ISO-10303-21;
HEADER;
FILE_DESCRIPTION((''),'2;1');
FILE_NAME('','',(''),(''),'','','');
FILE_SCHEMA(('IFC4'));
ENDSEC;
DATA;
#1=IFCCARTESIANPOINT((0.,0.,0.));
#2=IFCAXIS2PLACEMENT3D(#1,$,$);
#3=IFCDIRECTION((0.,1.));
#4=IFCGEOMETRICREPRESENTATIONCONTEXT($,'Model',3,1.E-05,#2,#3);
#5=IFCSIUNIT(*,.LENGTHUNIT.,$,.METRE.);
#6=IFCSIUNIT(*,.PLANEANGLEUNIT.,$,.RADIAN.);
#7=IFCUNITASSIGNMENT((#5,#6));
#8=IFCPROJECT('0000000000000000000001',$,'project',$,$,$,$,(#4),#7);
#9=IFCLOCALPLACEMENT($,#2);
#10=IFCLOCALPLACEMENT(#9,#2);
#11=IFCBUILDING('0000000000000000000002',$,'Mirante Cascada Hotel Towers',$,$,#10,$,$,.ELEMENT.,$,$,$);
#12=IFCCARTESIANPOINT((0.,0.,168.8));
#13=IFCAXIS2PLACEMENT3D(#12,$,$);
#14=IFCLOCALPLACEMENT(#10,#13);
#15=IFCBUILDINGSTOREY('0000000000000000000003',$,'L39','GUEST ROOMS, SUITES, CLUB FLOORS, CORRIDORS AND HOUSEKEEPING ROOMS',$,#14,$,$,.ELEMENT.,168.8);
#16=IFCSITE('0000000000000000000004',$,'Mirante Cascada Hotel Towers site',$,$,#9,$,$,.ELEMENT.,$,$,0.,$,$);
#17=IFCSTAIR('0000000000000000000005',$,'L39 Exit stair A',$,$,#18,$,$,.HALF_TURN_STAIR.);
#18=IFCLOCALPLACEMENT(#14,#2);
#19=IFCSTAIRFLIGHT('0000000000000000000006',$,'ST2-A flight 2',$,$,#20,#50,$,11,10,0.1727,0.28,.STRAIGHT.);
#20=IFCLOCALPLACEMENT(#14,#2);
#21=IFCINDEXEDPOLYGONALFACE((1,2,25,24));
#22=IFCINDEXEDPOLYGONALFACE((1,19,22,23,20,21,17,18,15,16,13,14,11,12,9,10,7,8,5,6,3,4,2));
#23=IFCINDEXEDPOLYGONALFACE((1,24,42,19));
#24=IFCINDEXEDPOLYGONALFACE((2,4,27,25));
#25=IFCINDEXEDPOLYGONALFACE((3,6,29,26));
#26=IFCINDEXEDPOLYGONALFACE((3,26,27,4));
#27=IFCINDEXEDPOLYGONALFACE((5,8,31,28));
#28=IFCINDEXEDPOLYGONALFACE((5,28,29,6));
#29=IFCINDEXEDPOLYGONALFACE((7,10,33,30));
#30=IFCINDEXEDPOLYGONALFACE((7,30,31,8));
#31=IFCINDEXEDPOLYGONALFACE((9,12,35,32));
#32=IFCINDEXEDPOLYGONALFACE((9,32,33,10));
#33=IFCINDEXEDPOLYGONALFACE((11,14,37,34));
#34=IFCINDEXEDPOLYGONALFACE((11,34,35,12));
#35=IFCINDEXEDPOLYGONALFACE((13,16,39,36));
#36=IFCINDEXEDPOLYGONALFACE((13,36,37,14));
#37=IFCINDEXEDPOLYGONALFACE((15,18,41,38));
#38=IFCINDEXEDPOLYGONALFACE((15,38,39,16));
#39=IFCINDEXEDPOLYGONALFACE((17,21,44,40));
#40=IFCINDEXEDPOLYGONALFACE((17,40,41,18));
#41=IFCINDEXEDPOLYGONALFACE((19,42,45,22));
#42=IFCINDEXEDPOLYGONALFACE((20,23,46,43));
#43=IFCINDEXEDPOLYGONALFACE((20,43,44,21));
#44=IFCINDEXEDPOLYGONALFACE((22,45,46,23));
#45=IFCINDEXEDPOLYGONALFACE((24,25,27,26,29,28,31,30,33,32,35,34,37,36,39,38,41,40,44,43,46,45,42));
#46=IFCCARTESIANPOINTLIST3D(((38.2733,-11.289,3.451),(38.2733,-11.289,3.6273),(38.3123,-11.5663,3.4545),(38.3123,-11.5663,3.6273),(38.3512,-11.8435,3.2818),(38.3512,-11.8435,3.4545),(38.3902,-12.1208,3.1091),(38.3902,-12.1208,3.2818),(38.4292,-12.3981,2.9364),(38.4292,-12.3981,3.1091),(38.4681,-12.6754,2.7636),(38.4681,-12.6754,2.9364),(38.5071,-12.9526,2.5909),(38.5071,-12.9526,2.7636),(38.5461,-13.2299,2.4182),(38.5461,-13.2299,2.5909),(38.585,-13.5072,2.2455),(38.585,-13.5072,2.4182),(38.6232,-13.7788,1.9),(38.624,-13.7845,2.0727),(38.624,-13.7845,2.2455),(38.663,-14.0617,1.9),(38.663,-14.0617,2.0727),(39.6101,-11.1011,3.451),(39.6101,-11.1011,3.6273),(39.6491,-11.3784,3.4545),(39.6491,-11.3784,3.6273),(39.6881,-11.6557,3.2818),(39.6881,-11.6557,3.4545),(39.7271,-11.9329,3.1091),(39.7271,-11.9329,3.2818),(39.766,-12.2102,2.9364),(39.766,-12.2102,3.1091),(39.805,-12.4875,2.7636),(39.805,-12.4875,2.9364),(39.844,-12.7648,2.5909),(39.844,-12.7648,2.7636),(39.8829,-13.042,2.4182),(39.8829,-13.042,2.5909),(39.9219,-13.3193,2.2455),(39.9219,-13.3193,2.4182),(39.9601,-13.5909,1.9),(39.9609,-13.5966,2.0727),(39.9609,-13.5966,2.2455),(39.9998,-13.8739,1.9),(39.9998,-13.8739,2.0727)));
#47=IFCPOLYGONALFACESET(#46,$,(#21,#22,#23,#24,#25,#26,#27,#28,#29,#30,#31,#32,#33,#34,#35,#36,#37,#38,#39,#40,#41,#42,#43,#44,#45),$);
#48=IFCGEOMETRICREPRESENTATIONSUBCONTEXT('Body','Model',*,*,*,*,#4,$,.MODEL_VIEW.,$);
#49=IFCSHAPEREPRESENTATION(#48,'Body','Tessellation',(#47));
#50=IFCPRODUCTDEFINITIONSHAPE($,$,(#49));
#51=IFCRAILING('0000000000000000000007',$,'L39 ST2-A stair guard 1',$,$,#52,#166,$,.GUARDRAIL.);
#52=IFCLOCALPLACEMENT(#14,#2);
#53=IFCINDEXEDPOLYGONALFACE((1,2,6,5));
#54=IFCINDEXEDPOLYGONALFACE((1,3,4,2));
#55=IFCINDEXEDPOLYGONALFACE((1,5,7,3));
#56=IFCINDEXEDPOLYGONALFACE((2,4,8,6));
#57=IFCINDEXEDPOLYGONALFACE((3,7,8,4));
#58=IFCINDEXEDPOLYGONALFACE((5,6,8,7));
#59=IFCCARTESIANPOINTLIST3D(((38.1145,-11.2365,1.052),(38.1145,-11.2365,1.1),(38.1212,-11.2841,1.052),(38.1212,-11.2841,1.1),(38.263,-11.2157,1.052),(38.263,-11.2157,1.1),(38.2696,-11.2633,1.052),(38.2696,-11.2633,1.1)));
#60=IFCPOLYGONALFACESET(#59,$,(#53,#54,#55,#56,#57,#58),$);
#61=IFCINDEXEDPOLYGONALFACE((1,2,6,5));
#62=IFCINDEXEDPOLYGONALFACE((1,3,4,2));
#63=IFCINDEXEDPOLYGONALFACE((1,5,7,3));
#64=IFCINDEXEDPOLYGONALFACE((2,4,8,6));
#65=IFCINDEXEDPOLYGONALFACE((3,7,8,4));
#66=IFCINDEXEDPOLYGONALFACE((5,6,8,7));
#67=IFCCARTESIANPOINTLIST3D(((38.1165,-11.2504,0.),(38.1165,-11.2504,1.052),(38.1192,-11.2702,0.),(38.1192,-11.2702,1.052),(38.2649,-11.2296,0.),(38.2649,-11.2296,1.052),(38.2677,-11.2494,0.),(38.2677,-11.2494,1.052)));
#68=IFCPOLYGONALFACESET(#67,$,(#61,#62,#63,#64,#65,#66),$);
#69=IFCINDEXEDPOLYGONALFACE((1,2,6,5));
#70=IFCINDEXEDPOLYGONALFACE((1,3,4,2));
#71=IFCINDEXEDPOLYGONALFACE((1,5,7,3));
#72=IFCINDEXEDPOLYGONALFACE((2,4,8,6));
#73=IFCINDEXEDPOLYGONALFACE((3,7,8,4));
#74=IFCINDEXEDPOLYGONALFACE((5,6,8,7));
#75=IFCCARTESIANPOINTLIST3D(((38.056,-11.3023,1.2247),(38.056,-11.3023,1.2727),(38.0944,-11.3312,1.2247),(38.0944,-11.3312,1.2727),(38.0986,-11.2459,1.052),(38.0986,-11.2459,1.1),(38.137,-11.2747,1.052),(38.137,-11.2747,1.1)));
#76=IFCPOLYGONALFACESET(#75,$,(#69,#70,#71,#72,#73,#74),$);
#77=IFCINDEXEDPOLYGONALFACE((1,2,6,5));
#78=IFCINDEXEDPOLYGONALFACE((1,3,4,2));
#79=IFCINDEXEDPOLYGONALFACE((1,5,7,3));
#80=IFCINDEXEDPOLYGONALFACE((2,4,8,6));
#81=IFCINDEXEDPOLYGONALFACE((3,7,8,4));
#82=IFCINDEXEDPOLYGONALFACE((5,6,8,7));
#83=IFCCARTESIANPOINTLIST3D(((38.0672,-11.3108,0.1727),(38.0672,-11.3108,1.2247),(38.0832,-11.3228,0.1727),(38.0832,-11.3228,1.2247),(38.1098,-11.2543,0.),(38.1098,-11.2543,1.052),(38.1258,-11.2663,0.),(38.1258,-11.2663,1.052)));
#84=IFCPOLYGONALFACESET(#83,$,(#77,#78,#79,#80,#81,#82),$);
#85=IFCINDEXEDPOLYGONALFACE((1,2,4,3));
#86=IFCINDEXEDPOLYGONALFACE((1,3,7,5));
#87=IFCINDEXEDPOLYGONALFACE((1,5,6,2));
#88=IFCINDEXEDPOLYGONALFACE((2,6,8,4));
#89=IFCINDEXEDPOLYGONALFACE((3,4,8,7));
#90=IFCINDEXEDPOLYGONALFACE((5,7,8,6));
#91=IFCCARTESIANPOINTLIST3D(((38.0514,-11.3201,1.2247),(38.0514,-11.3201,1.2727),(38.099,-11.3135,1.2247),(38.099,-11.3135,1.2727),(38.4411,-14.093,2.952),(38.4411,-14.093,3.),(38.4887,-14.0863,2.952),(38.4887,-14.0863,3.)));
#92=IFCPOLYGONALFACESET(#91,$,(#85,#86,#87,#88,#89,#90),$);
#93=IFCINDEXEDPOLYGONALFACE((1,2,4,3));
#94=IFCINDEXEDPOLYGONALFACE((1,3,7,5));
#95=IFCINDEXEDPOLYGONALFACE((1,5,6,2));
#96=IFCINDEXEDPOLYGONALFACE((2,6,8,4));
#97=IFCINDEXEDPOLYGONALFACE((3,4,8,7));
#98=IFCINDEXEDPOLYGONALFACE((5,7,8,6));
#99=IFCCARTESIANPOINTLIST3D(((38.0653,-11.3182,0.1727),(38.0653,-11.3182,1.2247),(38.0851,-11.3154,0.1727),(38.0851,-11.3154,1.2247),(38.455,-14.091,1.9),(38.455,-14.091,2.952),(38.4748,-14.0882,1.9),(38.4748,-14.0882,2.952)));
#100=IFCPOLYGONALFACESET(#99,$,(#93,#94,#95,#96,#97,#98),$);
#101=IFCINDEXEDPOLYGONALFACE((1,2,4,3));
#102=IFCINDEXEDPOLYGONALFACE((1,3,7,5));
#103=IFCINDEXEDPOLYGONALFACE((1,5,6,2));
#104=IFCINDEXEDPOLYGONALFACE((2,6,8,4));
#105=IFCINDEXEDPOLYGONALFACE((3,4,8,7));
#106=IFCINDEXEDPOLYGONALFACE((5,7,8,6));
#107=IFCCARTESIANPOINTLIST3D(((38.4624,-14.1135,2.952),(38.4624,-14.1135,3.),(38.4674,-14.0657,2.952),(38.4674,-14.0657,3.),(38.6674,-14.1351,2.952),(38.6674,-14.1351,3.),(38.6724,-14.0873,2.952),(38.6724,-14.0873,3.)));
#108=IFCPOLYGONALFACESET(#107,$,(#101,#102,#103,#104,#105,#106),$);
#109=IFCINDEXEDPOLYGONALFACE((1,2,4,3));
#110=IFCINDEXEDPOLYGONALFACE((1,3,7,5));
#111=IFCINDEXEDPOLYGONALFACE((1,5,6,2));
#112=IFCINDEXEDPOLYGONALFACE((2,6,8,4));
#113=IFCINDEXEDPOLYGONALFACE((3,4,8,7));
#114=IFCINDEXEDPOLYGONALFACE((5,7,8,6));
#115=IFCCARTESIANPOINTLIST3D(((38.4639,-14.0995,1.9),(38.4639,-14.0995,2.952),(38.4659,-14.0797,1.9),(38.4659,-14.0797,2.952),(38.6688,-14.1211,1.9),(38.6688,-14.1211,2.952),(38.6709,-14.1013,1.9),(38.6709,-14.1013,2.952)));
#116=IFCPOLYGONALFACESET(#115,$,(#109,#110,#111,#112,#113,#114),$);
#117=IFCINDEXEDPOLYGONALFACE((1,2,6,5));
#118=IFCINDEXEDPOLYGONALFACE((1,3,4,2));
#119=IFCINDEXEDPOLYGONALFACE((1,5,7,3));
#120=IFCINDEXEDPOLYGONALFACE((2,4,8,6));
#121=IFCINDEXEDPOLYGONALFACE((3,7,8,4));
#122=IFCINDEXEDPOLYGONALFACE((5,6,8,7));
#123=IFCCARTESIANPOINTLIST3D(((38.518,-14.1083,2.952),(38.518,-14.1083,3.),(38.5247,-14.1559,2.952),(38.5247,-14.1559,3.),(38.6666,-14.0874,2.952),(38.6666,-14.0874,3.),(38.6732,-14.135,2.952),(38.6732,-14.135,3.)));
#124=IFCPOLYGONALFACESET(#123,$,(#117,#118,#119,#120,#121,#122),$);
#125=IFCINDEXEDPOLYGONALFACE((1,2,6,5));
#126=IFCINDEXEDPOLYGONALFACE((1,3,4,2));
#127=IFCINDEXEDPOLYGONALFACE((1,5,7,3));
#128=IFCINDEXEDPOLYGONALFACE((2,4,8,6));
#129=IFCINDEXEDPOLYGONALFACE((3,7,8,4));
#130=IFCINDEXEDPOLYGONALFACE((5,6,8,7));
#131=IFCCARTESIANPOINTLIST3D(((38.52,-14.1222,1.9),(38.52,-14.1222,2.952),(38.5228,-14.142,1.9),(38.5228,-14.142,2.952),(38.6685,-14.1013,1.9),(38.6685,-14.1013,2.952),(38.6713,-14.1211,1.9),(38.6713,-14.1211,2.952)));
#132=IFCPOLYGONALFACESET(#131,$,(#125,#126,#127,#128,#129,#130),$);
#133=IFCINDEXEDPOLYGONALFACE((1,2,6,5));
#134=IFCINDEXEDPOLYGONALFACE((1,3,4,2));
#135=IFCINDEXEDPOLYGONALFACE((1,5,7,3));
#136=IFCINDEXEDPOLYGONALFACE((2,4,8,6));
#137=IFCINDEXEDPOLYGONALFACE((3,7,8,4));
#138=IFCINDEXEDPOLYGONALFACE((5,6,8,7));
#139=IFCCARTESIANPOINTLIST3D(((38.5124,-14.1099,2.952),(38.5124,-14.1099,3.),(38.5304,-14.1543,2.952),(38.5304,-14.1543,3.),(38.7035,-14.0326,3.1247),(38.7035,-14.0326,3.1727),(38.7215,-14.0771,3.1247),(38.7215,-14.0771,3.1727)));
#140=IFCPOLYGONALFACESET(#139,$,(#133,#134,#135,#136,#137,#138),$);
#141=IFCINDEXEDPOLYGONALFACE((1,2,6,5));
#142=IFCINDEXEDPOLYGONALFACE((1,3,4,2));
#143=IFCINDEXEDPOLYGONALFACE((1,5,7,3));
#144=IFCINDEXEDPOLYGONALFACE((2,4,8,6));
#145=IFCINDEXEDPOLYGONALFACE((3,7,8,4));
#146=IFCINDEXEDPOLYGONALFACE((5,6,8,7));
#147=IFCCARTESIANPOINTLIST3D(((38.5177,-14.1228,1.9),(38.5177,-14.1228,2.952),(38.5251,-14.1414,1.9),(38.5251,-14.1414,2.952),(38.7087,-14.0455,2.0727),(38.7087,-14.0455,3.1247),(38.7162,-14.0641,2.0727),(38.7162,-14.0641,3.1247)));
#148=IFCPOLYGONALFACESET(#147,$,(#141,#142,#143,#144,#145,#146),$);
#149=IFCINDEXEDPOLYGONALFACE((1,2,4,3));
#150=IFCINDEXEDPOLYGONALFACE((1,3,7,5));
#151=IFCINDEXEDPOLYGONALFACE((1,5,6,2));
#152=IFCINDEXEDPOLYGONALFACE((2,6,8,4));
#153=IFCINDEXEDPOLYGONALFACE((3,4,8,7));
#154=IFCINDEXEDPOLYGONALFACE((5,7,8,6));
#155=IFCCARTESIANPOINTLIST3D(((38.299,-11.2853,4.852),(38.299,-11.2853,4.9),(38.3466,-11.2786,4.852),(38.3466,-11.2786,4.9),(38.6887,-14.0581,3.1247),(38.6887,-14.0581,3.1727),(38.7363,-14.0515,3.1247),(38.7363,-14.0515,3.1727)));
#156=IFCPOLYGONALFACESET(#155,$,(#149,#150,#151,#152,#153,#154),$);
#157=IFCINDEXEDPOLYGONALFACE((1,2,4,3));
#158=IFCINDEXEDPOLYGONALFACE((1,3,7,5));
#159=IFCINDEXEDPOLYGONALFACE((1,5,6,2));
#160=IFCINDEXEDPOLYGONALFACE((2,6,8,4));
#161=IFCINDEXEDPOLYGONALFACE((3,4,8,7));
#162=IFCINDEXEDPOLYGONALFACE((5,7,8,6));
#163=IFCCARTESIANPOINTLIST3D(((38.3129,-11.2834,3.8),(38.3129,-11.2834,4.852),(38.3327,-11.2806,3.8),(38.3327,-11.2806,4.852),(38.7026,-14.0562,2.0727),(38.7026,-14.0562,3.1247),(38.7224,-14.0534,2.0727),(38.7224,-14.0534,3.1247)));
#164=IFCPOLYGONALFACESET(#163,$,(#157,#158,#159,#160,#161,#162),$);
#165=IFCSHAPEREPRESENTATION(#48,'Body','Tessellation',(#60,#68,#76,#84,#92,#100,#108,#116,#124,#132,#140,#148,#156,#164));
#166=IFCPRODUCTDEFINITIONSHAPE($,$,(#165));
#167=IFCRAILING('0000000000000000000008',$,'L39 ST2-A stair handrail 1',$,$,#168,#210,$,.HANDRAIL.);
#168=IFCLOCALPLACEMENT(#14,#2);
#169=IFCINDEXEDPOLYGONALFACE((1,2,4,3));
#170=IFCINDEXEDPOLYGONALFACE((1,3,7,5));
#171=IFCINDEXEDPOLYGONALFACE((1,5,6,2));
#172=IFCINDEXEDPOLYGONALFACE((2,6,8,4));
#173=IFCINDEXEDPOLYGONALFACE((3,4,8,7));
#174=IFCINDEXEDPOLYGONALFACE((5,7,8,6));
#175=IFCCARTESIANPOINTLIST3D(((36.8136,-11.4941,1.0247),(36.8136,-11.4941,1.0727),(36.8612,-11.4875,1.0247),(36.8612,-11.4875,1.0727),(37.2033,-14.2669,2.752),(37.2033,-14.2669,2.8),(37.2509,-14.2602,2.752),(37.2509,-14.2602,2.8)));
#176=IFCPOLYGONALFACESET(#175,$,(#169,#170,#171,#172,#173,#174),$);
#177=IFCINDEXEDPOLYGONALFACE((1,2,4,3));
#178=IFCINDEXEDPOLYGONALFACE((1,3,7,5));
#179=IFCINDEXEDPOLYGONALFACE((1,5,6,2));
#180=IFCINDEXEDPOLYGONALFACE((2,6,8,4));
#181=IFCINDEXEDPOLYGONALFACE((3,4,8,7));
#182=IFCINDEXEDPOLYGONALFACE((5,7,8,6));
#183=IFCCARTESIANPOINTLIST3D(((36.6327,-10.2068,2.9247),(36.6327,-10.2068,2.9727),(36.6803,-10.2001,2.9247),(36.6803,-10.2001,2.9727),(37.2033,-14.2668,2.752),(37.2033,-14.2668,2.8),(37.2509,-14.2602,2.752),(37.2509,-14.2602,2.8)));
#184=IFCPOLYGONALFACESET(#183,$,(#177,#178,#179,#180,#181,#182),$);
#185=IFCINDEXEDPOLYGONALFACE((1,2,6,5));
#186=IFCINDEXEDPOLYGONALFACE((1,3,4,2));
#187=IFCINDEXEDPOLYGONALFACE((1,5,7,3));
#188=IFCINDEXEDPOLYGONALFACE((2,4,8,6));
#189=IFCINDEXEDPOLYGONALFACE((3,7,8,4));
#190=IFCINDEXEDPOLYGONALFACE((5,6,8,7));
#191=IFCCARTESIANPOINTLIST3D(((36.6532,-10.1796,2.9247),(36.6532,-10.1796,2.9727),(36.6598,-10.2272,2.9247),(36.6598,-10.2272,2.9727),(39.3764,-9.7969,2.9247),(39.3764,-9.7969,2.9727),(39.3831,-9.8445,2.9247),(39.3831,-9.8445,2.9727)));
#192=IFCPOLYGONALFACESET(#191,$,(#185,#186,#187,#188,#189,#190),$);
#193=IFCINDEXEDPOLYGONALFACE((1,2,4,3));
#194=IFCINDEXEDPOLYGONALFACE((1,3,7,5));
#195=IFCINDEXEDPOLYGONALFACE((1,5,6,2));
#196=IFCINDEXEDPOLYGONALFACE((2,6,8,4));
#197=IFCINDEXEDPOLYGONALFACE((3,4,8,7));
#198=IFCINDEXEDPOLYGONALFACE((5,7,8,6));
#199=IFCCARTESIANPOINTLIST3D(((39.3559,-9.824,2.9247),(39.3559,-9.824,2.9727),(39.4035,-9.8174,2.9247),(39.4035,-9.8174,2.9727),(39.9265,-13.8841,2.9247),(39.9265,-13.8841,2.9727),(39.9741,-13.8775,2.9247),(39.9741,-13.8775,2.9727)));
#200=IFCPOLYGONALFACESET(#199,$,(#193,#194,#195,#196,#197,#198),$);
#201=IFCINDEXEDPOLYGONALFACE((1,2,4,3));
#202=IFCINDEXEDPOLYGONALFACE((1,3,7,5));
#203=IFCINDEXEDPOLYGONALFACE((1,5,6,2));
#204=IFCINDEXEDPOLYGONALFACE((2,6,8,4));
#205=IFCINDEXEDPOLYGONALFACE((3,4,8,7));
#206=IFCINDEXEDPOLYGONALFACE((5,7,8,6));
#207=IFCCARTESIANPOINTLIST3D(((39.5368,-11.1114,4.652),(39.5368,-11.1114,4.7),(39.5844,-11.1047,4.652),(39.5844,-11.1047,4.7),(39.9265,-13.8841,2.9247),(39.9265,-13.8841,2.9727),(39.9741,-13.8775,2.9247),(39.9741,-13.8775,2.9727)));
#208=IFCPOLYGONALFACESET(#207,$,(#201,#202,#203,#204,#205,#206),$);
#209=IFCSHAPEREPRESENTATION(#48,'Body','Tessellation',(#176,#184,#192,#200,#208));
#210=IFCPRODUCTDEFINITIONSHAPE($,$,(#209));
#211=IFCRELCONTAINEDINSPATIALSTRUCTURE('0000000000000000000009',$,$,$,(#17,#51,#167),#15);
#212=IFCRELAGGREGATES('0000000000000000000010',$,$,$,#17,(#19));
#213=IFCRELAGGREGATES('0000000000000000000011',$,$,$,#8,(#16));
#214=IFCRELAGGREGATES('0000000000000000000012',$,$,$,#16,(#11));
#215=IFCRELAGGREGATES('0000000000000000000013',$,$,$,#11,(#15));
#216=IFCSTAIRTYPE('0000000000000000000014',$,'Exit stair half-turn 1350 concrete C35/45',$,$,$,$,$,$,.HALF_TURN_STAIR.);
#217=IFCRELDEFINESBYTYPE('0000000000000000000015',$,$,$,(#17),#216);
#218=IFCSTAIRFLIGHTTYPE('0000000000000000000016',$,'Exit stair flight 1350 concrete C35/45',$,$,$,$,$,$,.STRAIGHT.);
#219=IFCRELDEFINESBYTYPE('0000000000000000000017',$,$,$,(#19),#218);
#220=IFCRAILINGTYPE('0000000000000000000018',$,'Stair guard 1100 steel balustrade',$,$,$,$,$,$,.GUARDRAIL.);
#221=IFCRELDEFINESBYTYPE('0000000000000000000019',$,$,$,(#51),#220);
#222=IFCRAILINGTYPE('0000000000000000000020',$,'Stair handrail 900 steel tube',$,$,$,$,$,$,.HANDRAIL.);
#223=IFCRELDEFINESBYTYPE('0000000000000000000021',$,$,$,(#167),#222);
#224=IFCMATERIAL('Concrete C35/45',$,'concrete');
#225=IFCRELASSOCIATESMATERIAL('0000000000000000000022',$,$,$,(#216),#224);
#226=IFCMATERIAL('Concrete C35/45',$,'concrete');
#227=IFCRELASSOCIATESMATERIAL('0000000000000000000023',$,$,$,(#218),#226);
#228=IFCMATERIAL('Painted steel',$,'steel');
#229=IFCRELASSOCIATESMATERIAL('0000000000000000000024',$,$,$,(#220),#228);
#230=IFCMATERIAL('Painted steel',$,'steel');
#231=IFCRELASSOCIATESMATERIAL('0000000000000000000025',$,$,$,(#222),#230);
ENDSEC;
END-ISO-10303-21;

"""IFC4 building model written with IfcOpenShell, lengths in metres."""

from ifc_helpers import new_model, si_unit, direction, frame, origin, origin_2d, place, context, subcontext, project, spatial, polyline, rectangle, outline, extrude, material, type_object, element, aggregate, save


model = new_model("IFC4")

# Units and contexts
model_context = context("Model", 3, precision=1e-05, world=origin(), true_north=direction((0.0, 1.0)))
body_context = subcontext(model_context, "Body", "Model", "MODEL_VIEW")
ifc_project = project(units=[si_unit("LENGTHUNIT", "METRE"), si_unit("PLANEANGLEUNIT", "RADIAN")], contexts=[model_context])

# Site, building, storey
site_placement = place(None, origin())
site = spatial("IfcSite", under=ifc_project, at=site_placement, Name="Mirante Cascada Hotel Towers site", CompositionType="ELEMENT", RefElevation=0.0)
building_placement = place(site_placement, origin())
building = spatial("IfcBuilding", under=site, at=building_placement, Name="Mirante Cascada Hotel Towers", CompositionType="ELEMENT")
storey_placement = place(building_placement, frame((0.0, 0.0, 168.8)))
storey = spatial("IfcBuildingStorey", under=building, at=storey_placement, Name="L39", Description="GUEST ROOMS, SUITES, CLUB FLOORS, CORRIDORS AND HOUSEKEEPING ROOMS", CompositionType="ELEMENT", Elevation=168.8)

# Stair, stair flight
ifc_material_1 = material(Name="Concrete C35/45", Category="concrete")
stair_type = type_object("IfcStairType", Name="Exit stair half-turn 1350 concrete C35/45", PredefinedType="HALF_TURN_STAIR", material=ifc_material_1)
stair_placement = place(storey_placement, origin())
stair = element("IfcStair", 1, at=stair_placement, inside=storey, type_object=stair_type, Name="L39 Exit stair A", PredefinedType="HALF_TURN_STAIR")
ifc_material_2 = material(Name="Concrete C35/45", Category="concrete")
stair_flight_type = type_object("IfcStairFlightType", Name="Exit stair flight 1350 concrete C35/45", PredefinedType="STRAIGHT", material=ifc_material_2)
stair_flight_1_placement = place(storey_placement, frame((39.3314, -13.9678, 1.9), z_axis=(0.0, 0.0, 1.0), x_axis=(-0.139173, 0.990268, 0.0)))
stair_flight_1 = element("IfcStairFlight", 2, at=stair_flight_1_placement, type_object=stair_flight_type, Name="ST2-A flight 2", NumberOfRisers=11, NumberOfTreads=10, PredefinedType="STRAIGHT", RiserHeight=0.1727, TreadLength=0.28, context=body_context, shape_type="SweptSolid", body=[
    extrude(outline(polyline([(0.0, 0.0), (0.0, 0.1727), (0.28, 0.1727), (0.28, 0.3455), (0.56, 0.3455), (0.56, 0.5182), (0.84, 0.5182), (0.84, 0.6909), (1.12, 0.6909), (1.12, 0.8636), (1.4, 0.8636), (1.4, 1.0364), (1.68, 1.0364), (1.68, 1.2091), (1.96, 1.2091), (1.96, 1.3818), (2.24, 1.3818), (2.24, 1.5545), (2.52, 1.5545), (2.52, 1.7273), (2.8, 1.7273), (2.8, 1.9), (2.8, 1.551), (0.2857, 0.0), (0.0, 0.0)])), frame((0.0, 0.675, 0.0), z_axis=(0.0, -1.0, 0.0), x_axis=(1.0, 0.0, 0.0)), (0.0, 0.0, 1.0), 1.35),
])
aggregate(stair, [stair_flight_1])

# Railings
ifc_material_3 = material(Name="Painted steel", Category="steel")
railing_type_1 = type_object("IfcRailingType", Name="Stair guard 1100 steel balustrade", PredefinedType="GUARDRAIL", material=ifc_material_3)
railing_1_placement = place(storey_placement, frame((38.2663, -11.2395, 0.0)))
element("IfcRailing", 3, at=railing_1_placement, inside=storey, type_object=railing_type_1, Name="L39 ST2-A stair guard 1", PredefinedType="GUARDRAIL", context=body_context, shape_type="SweptSolid", body=[
    extrude(rectangle(XDim=0.048, YDim=0.048, at=origin_2d()), frame((0.0, 0.0, 1.076), z_axis=(-0.990333, -0.138713, 0.0), x_axis=(0.138713, -0.990333, 0.0)), (0.0, 0.0, 1.0), 0.1499),
    extrude(rectangle(XDim=0.02, YDim=1.052, at=origin_2d()), frame((0.0, 0.0, 0.526), z_axis=(-0.990333, -0.138713, 0.0), x_axis=(0.138713, -0.990333, 0.0)), (0.0, 0.0, 1.0), 0.1499),
    extrude(rectangle(XDim=0.048, YDim=0.048, at=origin_2d()), frame((-0.1485, -0.0208, 1.076), z_axis=(-0.602033, -0.798471, 0.0), x_axis=(0.798471, -0.602033, 0.0)), (0.0, 0.92534, 0.379139), 0.1866),
    extrude(rectangle(XDim=0.02, YDim=1.052, at=origin_2d()), frame((-0.1485, -0.0208, 0.526), z_axis=(-0.602033, -0.798471, 0.0), x_axis=(0.798471, -0.602033, 0.0)), (0.0, 0.92534, 0.379139), 0.1866),
    extrude(rectangle(XDim=0.048, YDim=0.048, at=origin_2d()), frame((-0.1911, -0.0773, 1.2487), z_axis=(0.139176, -0.990268, 0.0), x_axis=(0.990268, 0.139176, 0.0)), (0.0, 0.525021, 0.851089), 3.29),
    extrude(rectangle(XDim=0.02, YDim=1.052, at=origin_2d()), frame((-0.1911, -0.0773, 0.6987), z_axis=(0.139176, -0.990268, 0.0), x_axis=(0.990268, 0.139176, 0.0)), (0.0, 0.525021, 0.851089), 3.29),
    extrude(rectangle(XDim=0.048, YDim=0.048, at=origin_2d()), frame((0.1986, -2.8501, 2.976), z_axis=(0.994495, -0.104786, 0.0), x_axis=(0.104786, 0.994495, 0.0)), (0.0, 0.0, 1.0), 0.2061),
    extrude(rectangle(XDim=0.02, YDim=1.052, at=origin_2d()), frame((0.1986, -2.8501, 2.426), z_axis=(0.994495, -0.104786, 0.0), x_axis=(0.104786, 0.994495, 0.0)), (0.0, 0.0, 1.0), 0.2061),
    extrude(rectangle(XDim=0.048, YDim=0.048, at=origin_2d()), frame((0.4036, -2.8717, 2.976), z_axis=(-0.990241, -0.139367, 0.0), x_axis=(0.139367, -0.990241, 0.0)), (0.0, 0.0, 1.0), 0.15),
    extrude(rectangle(XDim=0.02, YDim=1.052, at=origin_2d()), frame((0.4036, -2.8717, 2.426), z_axis=(-0.990241, -0.139367, 0.0), x_axis=(0.139367, -0.990241, 0.0)), (0.0, 0.0, 1.0), 0.15),
    extrude(rectangle(XDim=0.048, YDim=0.048, at=origin_2d()), frame((0.2551, -2.8926, 2.976), z_axis=(0.927031, 0.374984, 0.0), x_axis=(-0.374984, 0.927031, 0.0)), (0.0, 0.64219, 0.766545), 0.2689),
    extrude(rectangle(XDim=0.02, YDim=1.052, at=origin_2d()), frame((0.2551, -2.8926, 2.426), z_axis=(0.927031, 0.374984, 0.0), x_axis=(-0.374984, 0.927031, 0.0)), (0.0, 0.64219, 0.766545), 0.2689),
    extrude(rectangle(XDim=0.048, YDim=0.048, at=origin_2d()), frame((0.4462, -2.8153, 3.1487), z_axis=(-0.139176, 0.990268, 0.0), x_axis=(-0.990268, -0.139176, 0.0)), (0.0, 0.525021, 0.851089), 3.29),
    extrude(rectangle(XDim=0.02, YDim=1.052, at=origin_2d()), frame((0.4462, -2.8153, 2.5987), z_axis=(-0.139176, 0.990268, 0.0), x_axis=(-0.990268, -0.139176, 0.0)), (0.0, 0.525021, 0.851089), 3.29),
])
ifc_material_4 = material(Name="Painted steel", Category="steel")
railing_type_2 = type_object("IfcRailingType", Name="Stair handrail 900 steel tube", PredefinedType="HANDRAIL", material=ifc_material_4)
railing_2_placement = place(storey_placement, frame((36.8374, -11.4908, 0.1727)))
element("IfcRailing", 4, at=railing_2_placement, inside=storey, type_object=railing_type_2, Name="L39 ST2-A stair handrail 1", PredefinedType="HANDRAIL", context=body_context, shape_type="SweptSolid", body=[
    extrude(rectangle(XDim=0.048, YDim=0.048, at=origin_2d()), frame((0.0, 0.0, 0.876), z_axis=(0.139181, -0.990267, 0.0), x_axis=(0.990267, 0.139181, 0.0)), (0.0, 0.525035, 0.851081), 3.2899),
    extrude(rectangle(XDim=0.048, YDim=0.048, at=origin_2d()), frame((0.3897, -2.7727, 2.6033), z_axis=(-0.139171, 0.990268, 0.0), x_axis=(-0.990268, -0.139171, 0.0)), (0.0, 0.042085, 0.999114), 4.1036),
    extrude(rectangle(XDim=0.048, YDim=0.048, at=origin_2d()), frame((-0.1809, 1.2874, 2.776), z_axis=(0.990269, 0.139166, 0.0), x_axis=(-0.139166, 0.990269, 0.0)), (0.0, 0.0, 1.0), 2.75),
    extrude(rectangle(XDim=0.048, YDim=0.048, at=origin_2d()), frame((2.5423, 1.6701, 2.776), z_axis=(0.139171, -0.990268, 0.0), x_axis=(0.990268, 0.139171, 0.0)), (0.0, 0.0, 1.0), 4.1),
    extrude(rectangle(XDim=0.048, YDim=0.048, at=origin_2d()), frame((3.1129, -2.39, 2.776), z_axis=(-0.139181, 0.990267, 0.0), x_axis=(-0.990267, -0.139181, 0.0)), (0.0, 0.525035, 0.851081), 3.2899),
])

save(model, "model.ifc")
